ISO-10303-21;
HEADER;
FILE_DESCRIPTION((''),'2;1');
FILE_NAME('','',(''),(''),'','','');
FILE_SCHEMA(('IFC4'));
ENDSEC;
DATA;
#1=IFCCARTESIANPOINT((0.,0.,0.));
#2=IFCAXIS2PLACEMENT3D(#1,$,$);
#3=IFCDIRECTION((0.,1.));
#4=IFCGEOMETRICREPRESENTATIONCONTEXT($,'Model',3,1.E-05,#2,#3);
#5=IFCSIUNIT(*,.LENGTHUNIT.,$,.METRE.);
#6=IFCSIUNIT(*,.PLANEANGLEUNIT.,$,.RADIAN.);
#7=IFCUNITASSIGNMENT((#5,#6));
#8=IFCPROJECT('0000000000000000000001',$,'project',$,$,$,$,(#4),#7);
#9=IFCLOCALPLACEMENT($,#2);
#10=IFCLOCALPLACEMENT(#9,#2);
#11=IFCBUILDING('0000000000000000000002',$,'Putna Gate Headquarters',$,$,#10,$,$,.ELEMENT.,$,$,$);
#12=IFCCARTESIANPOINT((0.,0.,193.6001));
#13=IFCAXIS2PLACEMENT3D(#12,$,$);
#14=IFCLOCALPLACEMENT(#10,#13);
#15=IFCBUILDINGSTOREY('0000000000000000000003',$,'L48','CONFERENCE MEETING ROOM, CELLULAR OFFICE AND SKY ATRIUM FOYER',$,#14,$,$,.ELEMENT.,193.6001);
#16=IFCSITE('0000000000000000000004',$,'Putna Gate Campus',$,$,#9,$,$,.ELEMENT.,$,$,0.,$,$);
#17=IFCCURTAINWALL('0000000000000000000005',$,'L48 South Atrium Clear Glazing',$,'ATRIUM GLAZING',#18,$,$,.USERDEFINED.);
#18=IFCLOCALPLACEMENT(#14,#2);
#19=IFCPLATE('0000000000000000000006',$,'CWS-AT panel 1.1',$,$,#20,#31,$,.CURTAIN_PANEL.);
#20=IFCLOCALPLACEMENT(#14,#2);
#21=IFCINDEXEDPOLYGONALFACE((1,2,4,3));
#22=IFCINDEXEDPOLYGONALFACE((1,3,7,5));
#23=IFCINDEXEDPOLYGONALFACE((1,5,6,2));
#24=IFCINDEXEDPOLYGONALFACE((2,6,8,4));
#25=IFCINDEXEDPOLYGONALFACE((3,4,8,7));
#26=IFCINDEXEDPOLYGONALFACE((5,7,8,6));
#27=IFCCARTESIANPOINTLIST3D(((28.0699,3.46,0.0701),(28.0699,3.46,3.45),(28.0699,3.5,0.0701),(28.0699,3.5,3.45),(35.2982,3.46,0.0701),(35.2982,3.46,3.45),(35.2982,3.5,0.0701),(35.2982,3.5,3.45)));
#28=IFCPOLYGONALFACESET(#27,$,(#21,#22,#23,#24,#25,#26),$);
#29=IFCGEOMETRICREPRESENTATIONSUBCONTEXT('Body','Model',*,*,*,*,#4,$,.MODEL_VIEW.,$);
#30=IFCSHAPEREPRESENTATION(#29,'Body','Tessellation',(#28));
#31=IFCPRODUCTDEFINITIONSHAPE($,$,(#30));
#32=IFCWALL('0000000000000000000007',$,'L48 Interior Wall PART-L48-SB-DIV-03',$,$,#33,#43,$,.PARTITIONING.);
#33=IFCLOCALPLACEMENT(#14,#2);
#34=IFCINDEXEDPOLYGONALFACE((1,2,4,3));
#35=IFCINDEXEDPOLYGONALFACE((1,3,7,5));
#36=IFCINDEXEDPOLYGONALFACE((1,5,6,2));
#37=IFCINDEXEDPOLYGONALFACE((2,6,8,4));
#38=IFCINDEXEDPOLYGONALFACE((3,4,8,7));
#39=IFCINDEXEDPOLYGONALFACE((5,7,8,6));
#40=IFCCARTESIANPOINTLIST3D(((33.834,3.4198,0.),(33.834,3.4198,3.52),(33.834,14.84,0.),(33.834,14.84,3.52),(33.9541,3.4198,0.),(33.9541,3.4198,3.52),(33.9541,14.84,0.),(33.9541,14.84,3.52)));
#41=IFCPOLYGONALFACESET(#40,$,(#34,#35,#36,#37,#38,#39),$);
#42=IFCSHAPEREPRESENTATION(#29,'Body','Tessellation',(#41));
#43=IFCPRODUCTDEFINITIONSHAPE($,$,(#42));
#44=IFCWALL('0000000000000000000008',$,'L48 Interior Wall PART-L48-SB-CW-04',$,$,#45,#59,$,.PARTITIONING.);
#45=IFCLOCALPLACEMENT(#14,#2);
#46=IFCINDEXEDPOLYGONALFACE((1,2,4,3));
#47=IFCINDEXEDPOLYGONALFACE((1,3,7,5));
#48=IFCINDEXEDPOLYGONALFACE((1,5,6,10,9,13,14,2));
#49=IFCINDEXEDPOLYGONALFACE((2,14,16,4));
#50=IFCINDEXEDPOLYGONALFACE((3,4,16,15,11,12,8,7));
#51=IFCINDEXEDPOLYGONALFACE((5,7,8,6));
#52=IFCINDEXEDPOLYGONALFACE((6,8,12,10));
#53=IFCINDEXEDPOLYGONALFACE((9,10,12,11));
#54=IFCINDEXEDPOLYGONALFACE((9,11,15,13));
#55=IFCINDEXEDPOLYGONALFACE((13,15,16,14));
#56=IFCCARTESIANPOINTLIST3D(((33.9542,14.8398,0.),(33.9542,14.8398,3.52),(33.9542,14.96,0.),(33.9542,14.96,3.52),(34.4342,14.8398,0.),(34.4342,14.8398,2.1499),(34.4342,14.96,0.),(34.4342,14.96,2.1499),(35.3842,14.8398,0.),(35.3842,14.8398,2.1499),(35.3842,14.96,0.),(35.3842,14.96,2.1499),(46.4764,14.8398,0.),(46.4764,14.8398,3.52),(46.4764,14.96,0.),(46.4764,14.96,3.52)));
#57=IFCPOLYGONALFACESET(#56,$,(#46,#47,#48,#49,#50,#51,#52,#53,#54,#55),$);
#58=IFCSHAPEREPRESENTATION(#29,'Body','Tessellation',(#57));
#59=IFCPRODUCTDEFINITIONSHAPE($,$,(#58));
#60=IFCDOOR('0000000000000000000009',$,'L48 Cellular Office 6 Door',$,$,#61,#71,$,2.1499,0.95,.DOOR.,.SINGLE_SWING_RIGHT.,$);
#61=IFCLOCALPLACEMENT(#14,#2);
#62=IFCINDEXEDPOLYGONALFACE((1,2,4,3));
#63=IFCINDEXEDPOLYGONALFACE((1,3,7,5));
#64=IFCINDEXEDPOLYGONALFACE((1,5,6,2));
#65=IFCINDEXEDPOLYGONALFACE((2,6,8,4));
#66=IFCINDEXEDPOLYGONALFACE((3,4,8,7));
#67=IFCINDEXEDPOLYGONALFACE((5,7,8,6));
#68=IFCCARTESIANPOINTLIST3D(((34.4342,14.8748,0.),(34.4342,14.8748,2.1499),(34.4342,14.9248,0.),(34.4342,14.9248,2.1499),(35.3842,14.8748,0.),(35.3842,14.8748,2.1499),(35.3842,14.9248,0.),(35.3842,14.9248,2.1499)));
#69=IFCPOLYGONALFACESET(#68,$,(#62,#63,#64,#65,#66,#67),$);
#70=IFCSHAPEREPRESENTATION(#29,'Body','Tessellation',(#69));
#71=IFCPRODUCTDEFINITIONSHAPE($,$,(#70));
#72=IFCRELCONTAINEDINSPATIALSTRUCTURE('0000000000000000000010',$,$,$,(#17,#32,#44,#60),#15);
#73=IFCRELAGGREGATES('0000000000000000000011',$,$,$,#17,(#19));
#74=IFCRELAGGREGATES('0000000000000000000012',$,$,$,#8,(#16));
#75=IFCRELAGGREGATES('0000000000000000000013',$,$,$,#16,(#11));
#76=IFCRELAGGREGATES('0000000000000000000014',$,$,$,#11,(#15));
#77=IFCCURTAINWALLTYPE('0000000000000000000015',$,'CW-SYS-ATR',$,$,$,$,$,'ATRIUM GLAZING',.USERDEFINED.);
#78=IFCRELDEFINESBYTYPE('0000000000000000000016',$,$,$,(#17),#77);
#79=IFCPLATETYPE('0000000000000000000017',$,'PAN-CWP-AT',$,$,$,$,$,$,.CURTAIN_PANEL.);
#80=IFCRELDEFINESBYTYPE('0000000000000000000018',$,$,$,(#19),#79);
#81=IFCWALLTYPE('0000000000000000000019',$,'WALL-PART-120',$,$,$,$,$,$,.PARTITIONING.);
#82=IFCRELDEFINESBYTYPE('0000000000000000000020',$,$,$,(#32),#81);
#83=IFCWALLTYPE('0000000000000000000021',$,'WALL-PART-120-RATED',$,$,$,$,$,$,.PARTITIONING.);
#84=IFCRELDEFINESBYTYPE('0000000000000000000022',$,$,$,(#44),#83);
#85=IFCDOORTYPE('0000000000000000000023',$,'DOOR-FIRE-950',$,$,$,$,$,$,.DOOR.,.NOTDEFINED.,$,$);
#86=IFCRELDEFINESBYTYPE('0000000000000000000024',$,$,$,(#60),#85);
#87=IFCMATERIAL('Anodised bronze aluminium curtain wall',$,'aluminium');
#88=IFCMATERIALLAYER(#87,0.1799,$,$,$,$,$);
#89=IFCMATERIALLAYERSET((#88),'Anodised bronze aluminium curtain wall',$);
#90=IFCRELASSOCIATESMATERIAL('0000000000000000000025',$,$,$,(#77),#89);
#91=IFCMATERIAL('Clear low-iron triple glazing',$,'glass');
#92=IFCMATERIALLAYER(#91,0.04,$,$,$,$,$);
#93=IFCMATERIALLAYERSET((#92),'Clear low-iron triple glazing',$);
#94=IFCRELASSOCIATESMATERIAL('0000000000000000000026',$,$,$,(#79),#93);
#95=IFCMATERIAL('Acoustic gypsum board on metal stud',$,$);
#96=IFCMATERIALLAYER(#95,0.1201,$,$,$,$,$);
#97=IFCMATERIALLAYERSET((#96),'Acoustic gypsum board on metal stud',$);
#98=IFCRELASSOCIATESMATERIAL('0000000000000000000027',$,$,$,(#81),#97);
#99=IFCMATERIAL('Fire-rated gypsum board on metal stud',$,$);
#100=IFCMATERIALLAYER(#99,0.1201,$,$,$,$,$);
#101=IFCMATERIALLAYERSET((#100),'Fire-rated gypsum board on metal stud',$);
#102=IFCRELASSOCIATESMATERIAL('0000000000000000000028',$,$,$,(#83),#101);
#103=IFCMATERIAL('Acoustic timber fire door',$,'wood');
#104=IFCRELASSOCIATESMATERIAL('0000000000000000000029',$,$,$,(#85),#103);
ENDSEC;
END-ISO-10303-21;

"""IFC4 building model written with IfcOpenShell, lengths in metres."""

from ifc_helpers import new_model, si_unit, direction, frame, frame_2d, origin, origin_2d, place, context, subcontext, project, spatial, rectangle, extrude, material, layer, layer_set, type_object, element, fill, aggregate, save


model = new_model("IFC4")

# Units and contexts
model_context = context("Model", 3, precision=1e-05, world=origin(), true_north=direction((0.0, 1.0)))
body_context = subcontext(model_context, "Body", "Model", "MODEL_VIEW")
ifc_project = project(units=[si_unit("LENGTHUNIT", "METRE"), si_unit("PLANEANGLEUNIT", "RADIAN")], contexts=[model_context])

# Site, building, storey
site_placement = place(None, origin())
site = spatial("IfcSite", under=ifc_project, at=site_placement, Name="Putna Gate Campus", CompositionType="ELEMENT", RefElevation=0.0)
building_placement = place(site_placement, origin())
building = spatial("IfcBuilding", under=site, at=building_placement, Name="Putna Gate Headquarters", CompositionType="ELEMENT")
storey_placement = place(building_placement, frame((0.0, 0.0, 193.6001)))
storey = spatial("IfcBuildingStorey", under=building, at=storey_placement, Name="L48", Description="CONFERENCE MEETING ROOM, CELLULAR OFFICE AND SKY ATRIUM FOYER", CompositionType="ELEMENT", Elevation=193.6001)

# Shared definitions
ifc_material_1 = material(Name="Anodised bronze aluminium curtain wall", Category="aluminium")

# Curtain wall, plate
ifc_layer_1 = layer(ifc_material_1, 0.1799)
ifc_layer_set_1 = layer_set([ifc_layer_1], Name="Anodised bronze aluminium curtain wall")
curtain_wall_type_1 = type_object("IfcCurtainWallType", Name="CW-SYS-ATR", ElementType="ATRIUM GLAZING", PredefinedType="USERDEFINED", material=ifc_layer_set_1)
curtain_wall_1_placement = place(storey_placement, origin())
curtain_wall_1 = element("IfcCurtainWall", 1, at=curtain_wall_1_placement, inside=storey, type_object=curtain_wall_type_1, Name="L48 South Atrium Clear Glazing", ObjectType="ATRIUM GLAZING", PredefinedType="USERDEFINED")
ifc_material_2 = material(Name="Clear low-iron triple glazing", Category="glass")
ifc_layer_2 = layer(ifc_material_2, 0.04)
ifc_layer_set_2 = layer_set([ifc_layer_2], Name="Clear low-iron triple glazing")
plate_type = type_object("IfcPlateType", Name="PAN-CWP-AT", PredefinedType="CURTAIN_PANEL", material=ifc_layer_set_2)
plate_placement = place(storey_placement, frame((31.6841, 3.48, 0.0701), z_axis=(0.0, 0.0, 1.0), x_axis=(1.0, 0.0, 0.0)))
plate = element("IfcPlate", 2, at=plate_placement, type_object=plate_type, Name="CWS-AT panel 1.1", PredefinedType="CURTAIN_PANEL", context=body_context, shape_type="SweptSolid", body=[
    extrude(rectangle(XDim=7.2283, YDim=0.04, at=origin_2d()), origin(), (0.0, 0.0, 1.0), 3.3799),
])
aggregate(curtain_wall_1, [plate])

# Wall
ifc_material_3 = material(Name="Acoustic gypsum board on metal stud")
ifc_layer_3 = layer(ifc_material_3, 0.1201)
ifc_layer_set_3 = layer_set([ifc_layer_3], Name="Acoustic gypsum board on metal stud")
wall_type_1 = type_object("IfcWallType", Name="WALL-PART-120", PredefinedType="PARTITIONING", material=ifc_layer_set_3)
wall_1_placement = place(storey_placement, frame((33.894, 3.4199, 0.0), z_axis=(0.0, 0.0, 1.0), x_axis=(0.0, 1.0, 0.0)))
element("IfcWall", 3, at=wall_1_placement, inside=storey, type_object=wall_type_1, Name="L48 Interior Wall PART-L48-SB-DIV-03", PredefinedType="PARTITIONING", context=body_context, shape_type="SweptSolid", body=[
    extrude(rectangle(XDim=11.4202, YDim=0.1201, at=frame_2d((5.71, 0.0))), origin(), (0.0, 0.0, 1.0), 3.52),
])

# Wall, opening, door
ifc_material_4 = material(Name="Fire-rated gypsum board on metal stud")
ifc_layer_4 = layer(ifc_material_4, 0.1201)
ifc_layer_set_4 = layer_set([ifc_layer_4], Name="Fire-rated gypsum board on metal stud")
wall_type_2 = type_object("IfcWallType", Name="WALL-PART-120-RATED", PredefinedType="PARTITIONING", material=ifc_layer_set_4)
wall_2_placement = place(storey_placement, frame((33.9541, 14.8999, 0.0), z_axis=(0.0, 0.0, 1.0), x_axis=(1.0, 0.0, 0.0)))
wall_2 = element("IfcWall", 4, at=wall_2_placement, inside=storey, type_object=wall_type_2, Name="L48 Interior Wall PART-L48-SB-CW-04", PredefinedType="PARTITIONING", context=body_context, shape_type="SweptSolid", body=[
    extrude(rectangle(XDim=12.5222, YDim=0.1201, at=frame_2d((6.2612, 0.0))), origin(), (0.0, 0.0, 1.0), 3.52),
])
opening_placement = place(wall_2_placement, frame((0.48, 0.0, 0.0)))
opening = element("IfcOpeningElement", 5, at=opening_placement, cuts=wall_2, PredefinedType="OPENING", context=body_context, shape_type="SweptSolid", body=[
    extrude(rectangle(XDim=0.95, YDim=2.1499, at=frame_2d((0.4751, 1.075))), frame((0.0, 0.0701, 0.0), z_axis=(0.0, -1.0, 0.0), x_axis=(1.0, 0.0, 0.0)), (0.0, 0.0, 1.0), 0.1401),
])
ifc_material_5 = material(Name="Acoustic timber fire door", Category="wood")
door_type = type_object("IfcDoorType", Name="DOOR-FIRE-950", OperationType="NOTDEFINED", PredefinedType="DOOR", material=ifc_material_5)
door_placement = place(opening_placement, origin())
door = element("IfcDoor", 6, at=door_placement, inside=storey, type_object=door_type, Name="L48 Cellular Office 6 Door", OperationType="SINGLE_SWING_RIGHT", OverallHeight=2.1499, OverallWidth=0.95, PredefinedType="DOOR", context=body_context, shape_type="SweptSolid", body=[
    extrude(rectangle(XDim=0.95, YDim=2.1499, at=frame_2d((0.4751, 1.075))), frame((0.0, 0.0249, 0.0), z_axis=(0.0, -1.0, 0.0), x_axis=(1.0, 0.0, 0.0)), (0.0, 0.0, 1.0), 0.05),
])
fill(opening, door)

save(model, "model.ifc")
